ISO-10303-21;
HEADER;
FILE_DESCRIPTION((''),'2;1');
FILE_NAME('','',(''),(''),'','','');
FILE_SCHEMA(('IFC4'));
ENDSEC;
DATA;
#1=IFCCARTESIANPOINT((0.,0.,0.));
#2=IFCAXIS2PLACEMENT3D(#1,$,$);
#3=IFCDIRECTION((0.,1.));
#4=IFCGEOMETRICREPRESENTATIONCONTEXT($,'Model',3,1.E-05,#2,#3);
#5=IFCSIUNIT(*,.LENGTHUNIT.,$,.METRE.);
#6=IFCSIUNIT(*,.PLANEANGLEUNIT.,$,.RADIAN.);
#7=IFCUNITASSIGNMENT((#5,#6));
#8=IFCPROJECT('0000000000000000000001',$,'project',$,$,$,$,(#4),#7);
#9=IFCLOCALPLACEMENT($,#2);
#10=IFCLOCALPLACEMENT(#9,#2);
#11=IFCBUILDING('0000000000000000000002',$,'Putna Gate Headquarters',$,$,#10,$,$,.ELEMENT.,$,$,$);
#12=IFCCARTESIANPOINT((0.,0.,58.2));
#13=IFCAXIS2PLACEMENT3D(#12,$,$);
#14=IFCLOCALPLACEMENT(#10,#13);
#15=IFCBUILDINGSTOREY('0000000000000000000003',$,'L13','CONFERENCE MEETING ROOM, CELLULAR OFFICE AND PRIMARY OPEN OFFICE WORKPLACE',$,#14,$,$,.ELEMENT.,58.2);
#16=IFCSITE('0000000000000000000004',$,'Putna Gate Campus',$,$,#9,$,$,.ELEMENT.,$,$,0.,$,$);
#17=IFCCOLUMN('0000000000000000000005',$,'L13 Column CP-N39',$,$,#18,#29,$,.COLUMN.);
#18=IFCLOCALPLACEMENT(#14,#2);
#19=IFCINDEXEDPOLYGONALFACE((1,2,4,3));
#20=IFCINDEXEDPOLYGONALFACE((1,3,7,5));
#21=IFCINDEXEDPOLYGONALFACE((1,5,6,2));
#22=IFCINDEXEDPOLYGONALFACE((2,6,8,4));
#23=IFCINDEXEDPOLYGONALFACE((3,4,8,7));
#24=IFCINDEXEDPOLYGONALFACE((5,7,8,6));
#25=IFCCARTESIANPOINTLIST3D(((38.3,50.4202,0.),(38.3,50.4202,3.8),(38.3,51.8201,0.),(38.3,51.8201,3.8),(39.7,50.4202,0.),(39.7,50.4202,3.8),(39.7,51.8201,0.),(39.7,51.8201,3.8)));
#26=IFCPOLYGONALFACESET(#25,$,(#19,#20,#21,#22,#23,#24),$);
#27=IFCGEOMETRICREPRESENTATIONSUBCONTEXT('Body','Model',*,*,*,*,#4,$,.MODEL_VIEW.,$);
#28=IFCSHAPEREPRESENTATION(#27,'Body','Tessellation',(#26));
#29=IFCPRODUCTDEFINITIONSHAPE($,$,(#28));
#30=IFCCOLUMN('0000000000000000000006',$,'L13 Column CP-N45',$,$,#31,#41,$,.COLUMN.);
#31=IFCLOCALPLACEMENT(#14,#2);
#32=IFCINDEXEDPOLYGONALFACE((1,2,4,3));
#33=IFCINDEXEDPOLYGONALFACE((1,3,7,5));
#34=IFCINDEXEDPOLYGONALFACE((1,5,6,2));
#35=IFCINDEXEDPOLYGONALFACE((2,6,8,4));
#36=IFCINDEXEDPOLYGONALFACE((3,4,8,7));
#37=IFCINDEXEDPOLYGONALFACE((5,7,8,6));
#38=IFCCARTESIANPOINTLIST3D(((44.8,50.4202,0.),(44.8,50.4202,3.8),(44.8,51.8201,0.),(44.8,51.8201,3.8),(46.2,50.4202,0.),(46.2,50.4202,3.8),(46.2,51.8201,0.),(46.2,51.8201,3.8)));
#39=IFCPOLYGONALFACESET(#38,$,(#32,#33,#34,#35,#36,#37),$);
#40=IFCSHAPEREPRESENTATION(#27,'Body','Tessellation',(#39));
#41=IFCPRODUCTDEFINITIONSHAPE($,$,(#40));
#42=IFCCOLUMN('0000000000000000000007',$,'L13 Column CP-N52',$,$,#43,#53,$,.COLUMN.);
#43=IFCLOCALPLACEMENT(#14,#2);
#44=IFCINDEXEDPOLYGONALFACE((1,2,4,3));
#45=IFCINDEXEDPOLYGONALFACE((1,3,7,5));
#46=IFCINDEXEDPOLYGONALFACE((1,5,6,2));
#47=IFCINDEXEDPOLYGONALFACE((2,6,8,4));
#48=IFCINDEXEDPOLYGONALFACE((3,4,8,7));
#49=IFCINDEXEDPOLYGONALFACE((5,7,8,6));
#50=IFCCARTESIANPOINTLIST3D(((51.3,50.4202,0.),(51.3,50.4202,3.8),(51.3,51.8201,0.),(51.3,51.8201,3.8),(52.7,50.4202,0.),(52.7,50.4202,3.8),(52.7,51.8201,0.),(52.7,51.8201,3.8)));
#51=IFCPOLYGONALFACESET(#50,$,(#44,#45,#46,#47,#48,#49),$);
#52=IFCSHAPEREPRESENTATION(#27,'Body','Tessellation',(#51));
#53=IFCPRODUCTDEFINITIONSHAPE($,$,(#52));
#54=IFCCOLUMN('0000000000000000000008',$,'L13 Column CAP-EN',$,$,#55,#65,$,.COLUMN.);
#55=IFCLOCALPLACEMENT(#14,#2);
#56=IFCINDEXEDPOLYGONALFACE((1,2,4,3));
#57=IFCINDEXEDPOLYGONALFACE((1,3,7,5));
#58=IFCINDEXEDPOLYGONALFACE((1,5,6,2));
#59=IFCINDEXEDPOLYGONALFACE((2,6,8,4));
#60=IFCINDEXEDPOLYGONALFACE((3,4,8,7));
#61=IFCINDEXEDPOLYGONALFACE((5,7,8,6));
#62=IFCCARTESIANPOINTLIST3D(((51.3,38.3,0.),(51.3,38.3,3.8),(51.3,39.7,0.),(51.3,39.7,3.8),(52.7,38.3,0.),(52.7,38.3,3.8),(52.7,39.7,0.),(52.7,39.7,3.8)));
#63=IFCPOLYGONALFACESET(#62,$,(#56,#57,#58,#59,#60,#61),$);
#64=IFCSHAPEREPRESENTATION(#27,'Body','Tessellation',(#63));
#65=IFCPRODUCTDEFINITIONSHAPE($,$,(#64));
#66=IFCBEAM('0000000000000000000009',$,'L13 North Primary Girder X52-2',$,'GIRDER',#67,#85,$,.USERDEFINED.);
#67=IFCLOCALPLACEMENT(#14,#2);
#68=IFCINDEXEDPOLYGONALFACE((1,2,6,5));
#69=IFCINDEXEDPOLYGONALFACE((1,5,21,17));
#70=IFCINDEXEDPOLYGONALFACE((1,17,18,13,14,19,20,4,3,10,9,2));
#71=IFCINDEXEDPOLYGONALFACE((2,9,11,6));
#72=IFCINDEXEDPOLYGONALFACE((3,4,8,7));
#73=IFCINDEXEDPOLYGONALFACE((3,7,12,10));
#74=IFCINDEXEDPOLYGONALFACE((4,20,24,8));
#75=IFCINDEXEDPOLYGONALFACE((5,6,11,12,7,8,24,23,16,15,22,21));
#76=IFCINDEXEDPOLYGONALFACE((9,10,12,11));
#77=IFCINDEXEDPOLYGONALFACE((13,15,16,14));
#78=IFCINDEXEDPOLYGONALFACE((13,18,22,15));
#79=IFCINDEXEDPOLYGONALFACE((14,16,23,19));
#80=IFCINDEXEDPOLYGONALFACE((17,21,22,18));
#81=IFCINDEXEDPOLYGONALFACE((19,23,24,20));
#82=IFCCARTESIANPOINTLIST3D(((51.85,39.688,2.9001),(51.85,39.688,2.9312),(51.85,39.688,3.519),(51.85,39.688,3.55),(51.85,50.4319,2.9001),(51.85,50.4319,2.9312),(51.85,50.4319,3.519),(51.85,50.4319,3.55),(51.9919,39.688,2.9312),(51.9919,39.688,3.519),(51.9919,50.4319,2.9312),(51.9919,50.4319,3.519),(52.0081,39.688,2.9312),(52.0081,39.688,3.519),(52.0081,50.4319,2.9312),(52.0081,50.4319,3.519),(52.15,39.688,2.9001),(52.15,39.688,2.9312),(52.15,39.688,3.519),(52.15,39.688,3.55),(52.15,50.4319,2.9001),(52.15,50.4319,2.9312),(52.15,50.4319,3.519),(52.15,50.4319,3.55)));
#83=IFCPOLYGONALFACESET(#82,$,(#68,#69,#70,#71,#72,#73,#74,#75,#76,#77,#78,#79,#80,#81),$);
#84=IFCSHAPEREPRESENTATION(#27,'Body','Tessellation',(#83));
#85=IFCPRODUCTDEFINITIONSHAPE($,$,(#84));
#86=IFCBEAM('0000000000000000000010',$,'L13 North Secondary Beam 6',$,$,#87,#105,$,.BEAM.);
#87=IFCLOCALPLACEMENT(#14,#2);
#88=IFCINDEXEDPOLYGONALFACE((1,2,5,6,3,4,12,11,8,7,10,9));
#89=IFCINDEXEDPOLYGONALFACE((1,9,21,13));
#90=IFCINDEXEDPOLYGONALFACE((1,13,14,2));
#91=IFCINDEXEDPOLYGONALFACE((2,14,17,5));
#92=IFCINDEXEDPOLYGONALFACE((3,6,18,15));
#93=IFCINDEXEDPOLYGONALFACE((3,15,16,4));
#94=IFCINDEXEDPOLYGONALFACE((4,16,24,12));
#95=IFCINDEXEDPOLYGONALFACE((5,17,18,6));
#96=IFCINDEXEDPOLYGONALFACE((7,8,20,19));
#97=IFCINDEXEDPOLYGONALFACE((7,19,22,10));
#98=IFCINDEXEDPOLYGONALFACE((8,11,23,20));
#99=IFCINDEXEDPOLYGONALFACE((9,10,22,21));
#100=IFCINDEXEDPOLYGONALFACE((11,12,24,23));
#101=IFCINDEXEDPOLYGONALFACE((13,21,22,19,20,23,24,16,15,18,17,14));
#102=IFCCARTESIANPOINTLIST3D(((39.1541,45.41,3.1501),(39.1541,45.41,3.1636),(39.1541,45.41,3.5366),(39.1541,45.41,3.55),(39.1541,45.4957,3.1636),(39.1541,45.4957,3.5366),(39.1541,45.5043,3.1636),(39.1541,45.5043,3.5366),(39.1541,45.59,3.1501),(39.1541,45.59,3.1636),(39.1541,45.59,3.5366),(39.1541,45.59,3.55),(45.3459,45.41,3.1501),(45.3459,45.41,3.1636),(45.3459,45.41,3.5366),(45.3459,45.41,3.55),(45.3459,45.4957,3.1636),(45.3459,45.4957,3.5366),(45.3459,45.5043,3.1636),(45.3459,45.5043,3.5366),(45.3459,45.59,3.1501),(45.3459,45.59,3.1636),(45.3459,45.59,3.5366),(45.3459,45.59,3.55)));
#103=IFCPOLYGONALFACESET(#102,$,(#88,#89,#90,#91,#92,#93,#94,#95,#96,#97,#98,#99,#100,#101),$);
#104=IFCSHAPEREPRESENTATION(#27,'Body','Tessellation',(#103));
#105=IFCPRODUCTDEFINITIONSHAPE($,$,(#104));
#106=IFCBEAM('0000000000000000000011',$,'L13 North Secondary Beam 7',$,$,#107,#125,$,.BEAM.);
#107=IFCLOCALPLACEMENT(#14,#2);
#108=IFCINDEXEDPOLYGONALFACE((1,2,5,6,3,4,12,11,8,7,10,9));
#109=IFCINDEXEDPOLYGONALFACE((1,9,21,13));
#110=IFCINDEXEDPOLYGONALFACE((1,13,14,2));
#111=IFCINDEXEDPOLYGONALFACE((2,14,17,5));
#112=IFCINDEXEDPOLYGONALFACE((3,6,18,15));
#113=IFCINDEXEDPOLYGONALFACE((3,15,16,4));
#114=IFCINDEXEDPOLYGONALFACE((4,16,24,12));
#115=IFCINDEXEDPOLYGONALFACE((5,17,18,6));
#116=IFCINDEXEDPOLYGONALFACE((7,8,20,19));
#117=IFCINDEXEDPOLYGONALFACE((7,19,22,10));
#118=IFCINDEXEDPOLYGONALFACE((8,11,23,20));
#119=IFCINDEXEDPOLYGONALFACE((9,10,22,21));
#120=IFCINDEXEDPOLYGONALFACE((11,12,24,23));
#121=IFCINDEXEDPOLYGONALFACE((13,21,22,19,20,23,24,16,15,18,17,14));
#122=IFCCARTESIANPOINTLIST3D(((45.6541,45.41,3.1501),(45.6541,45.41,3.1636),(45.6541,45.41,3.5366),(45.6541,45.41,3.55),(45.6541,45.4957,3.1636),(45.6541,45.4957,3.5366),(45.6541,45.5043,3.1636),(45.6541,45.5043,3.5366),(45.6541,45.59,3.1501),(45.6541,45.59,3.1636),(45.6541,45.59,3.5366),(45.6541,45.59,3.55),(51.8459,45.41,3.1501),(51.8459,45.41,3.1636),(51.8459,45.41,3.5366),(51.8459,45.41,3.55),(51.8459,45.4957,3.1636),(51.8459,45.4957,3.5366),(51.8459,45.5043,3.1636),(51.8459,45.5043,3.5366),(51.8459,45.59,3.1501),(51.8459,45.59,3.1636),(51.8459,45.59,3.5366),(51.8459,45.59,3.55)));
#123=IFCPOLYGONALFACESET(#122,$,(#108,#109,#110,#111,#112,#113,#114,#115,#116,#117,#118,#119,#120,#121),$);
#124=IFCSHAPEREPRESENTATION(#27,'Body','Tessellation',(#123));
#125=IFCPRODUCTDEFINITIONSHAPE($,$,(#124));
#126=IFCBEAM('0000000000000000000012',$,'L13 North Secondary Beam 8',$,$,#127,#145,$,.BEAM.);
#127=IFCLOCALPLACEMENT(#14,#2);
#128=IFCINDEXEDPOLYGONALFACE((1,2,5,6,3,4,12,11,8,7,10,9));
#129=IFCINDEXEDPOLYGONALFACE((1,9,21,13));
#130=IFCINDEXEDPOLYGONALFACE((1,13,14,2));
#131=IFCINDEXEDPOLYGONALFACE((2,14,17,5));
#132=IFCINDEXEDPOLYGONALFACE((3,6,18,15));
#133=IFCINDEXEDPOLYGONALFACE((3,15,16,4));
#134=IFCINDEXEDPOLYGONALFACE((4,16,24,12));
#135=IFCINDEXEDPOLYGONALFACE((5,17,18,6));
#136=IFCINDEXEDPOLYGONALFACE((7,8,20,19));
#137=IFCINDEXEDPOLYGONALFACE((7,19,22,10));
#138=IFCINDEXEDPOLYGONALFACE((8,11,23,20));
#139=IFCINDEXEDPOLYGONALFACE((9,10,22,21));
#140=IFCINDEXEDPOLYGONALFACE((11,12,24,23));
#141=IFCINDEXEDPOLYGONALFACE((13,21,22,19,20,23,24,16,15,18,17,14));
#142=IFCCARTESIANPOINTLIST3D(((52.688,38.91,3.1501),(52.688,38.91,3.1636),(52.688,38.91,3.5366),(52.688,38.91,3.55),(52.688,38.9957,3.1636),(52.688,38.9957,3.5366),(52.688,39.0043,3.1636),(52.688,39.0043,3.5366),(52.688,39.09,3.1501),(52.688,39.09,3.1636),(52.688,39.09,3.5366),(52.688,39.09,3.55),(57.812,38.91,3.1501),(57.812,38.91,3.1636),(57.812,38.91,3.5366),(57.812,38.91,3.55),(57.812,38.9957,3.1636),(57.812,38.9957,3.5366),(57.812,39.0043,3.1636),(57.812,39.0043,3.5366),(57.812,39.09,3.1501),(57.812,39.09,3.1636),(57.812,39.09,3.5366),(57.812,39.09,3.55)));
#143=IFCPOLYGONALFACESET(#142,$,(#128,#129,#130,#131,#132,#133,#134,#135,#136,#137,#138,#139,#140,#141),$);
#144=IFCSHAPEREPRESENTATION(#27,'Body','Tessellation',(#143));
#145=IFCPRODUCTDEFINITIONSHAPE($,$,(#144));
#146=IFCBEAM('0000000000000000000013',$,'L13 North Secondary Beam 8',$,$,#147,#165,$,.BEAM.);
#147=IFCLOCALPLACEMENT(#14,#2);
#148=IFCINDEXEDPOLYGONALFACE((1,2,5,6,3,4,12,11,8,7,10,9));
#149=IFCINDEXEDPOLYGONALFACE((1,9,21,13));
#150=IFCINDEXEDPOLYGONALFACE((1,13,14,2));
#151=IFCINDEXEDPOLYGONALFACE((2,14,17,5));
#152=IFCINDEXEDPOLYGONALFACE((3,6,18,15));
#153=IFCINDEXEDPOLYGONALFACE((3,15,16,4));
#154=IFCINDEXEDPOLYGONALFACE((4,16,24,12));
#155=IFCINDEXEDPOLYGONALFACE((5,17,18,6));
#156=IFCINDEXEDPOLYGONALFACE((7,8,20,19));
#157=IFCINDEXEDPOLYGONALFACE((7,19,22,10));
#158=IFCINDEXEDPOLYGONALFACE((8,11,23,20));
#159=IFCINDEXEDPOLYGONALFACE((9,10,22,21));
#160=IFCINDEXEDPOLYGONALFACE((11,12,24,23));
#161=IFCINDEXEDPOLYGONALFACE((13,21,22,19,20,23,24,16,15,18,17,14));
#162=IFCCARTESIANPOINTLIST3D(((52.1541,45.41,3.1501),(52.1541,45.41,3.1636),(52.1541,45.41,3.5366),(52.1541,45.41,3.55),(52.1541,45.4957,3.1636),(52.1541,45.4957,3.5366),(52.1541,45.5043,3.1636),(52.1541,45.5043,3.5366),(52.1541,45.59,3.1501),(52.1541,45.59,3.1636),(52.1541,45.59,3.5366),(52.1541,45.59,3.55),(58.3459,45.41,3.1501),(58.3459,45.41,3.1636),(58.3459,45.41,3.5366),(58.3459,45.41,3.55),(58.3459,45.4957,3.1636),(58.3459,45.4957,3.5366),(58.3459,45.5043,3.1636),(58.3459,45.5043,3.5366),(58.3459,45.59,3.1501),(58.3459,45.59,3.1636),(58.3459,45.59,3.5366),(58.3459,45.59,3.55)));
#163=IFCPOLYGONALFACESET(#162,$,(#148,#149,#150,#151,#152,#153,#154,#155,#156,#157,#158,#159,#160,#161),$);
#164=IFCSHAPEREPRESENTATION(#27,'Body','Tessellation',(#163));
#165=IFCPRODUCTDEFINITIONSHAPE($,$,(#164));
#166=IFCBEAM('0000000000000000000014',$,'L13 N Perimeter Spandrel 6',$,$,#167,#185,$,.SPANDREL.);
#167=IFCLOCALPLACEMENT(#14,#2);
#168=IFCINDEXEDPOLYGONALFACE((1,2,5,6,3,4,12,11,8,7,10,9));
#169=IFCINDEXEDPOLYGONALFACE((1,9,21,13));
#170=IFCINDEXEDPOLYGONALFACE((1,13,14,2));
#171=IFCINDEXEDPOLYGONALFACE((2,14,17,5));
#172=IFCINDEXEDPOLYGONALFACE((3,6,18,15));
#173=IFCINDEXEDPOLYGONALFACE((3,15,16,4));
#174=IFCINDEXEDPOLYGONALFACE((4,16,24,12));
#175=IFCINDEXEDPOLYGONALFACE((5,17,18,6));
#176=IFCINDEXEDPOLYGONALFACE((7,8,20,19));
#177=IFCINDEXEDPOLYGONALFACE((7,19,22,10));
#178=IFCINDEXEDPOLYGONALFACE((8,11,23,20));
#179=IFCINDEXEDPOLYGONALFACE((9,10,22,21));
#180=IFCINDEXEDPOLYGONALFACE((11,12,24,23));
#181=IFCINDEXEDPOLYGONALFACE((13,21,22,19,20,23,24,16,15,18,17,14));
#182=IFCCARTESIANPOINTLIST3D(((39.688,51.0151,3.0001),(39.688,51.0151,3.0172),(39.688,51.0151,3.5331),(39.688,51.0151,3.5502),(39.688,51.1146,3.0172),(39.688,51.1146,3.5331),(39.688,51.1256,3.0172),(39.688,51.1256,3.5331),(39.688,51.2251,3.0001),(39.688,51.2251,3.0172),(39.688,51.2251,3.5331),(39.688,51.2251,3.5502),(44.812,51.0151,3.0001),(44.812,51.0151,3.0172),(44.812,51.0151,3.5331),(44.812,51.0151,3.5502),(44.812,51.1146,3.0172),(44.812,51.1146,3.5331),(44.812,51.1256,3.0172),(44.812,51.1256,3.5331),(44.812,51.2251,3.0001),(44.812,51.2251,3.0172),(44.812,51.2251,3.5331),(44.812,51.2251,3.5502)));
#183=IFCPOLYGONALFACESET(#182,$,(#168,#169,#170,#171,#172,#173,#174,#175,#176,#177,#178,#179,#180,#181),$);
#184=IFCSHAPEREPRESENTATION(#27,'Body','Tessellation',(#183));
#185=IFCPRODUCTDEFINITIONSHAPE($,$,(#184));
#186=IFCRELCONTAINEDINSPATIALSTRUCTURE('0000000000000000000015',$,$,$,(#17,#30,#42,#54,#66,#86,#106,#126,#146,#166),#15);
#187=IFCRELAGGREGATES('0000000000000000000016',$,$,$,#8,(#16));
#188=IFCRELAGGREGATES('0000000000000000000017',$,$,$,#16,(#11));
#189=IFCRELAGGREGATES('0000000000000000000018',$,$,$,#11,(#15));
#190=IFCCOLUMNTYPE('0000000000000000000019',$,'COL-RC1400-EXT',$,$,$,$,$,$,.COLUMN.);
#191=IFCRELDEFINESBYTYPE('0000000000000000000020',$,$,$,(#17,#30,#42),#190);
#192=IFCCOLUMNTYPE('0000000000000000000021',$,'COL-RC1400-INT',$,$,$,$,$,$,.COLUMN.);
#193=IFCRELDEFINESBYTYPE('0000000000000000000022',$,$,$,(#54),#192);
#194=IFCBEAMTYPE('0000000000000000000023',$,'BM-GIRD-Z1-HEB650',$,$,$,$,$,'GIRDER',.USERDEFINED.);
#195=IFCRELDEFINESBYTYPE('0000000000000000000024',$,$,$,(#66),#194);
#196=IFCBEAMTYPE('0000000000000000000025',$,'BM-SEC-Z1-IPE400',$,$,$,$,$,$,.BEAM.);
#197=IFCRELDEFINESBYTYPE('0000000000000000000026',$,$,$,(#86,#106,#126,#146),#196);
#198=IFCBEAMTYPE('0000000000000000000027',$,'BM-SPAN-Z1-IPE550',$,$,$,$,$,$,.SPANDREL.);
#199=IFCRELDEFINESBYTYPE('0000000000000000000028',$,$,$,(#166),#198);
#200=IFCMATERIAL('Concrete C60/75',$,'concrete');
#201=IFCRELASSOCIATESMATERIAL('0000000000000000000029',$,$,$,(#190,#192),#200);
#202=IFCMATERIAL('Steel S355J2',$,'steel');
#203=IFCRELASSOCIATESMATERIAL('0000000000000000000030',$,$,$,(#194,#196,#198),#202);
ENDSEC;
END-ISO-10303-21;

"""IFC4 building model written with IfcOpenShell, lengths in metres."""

from ifc_helpers import new_model, si_unit, direction, frame, origin, origin_2d, place, context, subcontext, project, spatial, rectangle, i_section, extrude, material, material_profile, profile_set, type_object, element, save


model = new_model("IFC4")

# Units and contexts
model_context = context("Model", 3, precision=1e-05, world=origin(), true_north=direction((0.0, 1.0)))
body_context = subcontext(model_context, "Body", "Model", "MODEL_VIEW")
ifc_project = project(units=[si_unit("LENGTHUNIT", "METRE"), si_unit("PLANEANGLEUNIT", "RADIAN")], contexts=[model_context])

# Site, building, storey
site_placement = place(None, origin())
site = spatial("IfcSite", under=ifc_project, at=site_placement, Name="Putna Gate Campus", CompositionType="ELEMENT", RefElevation=0.0)
building_placement = place(site_placement, origin())
building = spatial("IfcBuilding", under=site, at=building_placement, Name="Putna Gate Headquarters", CompositionType="ELEMENT")
storey_placement = place(building_placement, frame((0.0, 0.0, 58.2)))
storey = spatial("IfcBuildingStorey", under=building, at=storey_placement, Name="L13", Description="CONFERENCE MEETING ROOM, CELLULAR OFFICE AND PRIMARY OPEN OFFICE WORKPLACE", CompositionType="ELEMENT", Elevation=58.2)

# Columns
ifc_material_1 = material(Name="Concrete C60/75", Category="concrete")
ifc_material_profile_1 = material_profile(ifc_material_1, rectangle(XDim=1.3999, YDim=1.3999, at=origin_2d()), Name="Concrete C60/75")
ifc_profile_set_1 = profile_set([ifc_material_profile_1], Name="Concrete C60/75")
column_type_1 = type_object("IfcColumnType", Name="COL-RC1400-EXT", PredefinedType="COLUMN", material=ifc_profile_set_1)
for number, where, z_axis, x_axis, name in (
    (1, (39.0, 51.1201, 0.0), (0.0, 0.0, 1.0), (1.0, 0.0, 0.0), "L13 Column CP-N39"),
    (2, (45.5, 51.1201, 0.0), (0.0, 0.0, 1.0), (1.0, 0.0, 0.0), "L13 Column CP-N45"),
    (3, (52.0, 51.1201, 0.0), (0.0, 0.0, 1.0), (1.0, 0.0, 0.0), "L13 Column CP-N52"),
):
    element("IfcColumn", number, at=place(storey_placement, frame(where, z_axis=z_axis, x_axis=x_axis)), inside=storey, type_object=column_type_1, Name=name, PredefinedType="COLUMN", context=body_context, shape_type="SweptSolid", body=[
        extrude(rectangle(XDim=1.3999, YDim=1.3999, at=origin_2d()), origin(), (0.0, 0.0, 1.0), 3.8),
    ])
ifc_material_profile_2 = material_profile(ifc_material_1, rectangle(XDim=1.3999, YDim=1.3999, at=origin_2d()), Name="Concrete C60/75")
ifc_profile_set_2 = profile_set([ifc_material_profile_2], Name="Concrete C60/75")
column_type_2 = type_object("IfcColumnType", Name="COL-RC1400-INT", PredefinedType="COLUMN", material=ifc_profile_set_2)
column_placement = place(storey_placement, frame((52.0, 39.0, 0.0), z_axis=(0.0, 0.0, 1.0), x_axis=(1.0, 0.0, 0.0)))
element("IfcColumn", 4, at=column_placement, inside=storey, type_object=column_type_2, Name="L13 Column CAP-EN", PredefinedType="COLUMN", context=body_context, shape_type="SweptSolid", body=[
    extrude(rectangle(XDim=1.3999, YDim=1.3999, at=origin_2d()), origin(), (0.0, 0.0, 1.0), 3.8),
])

# Beams
ifc_material_2 = material(Name="Steel S355J2", Category="steel")
ifc_material_profile_3 = material_profile(ifc_material_2, i_section(OverallWidth=0.3, OverallDepth=0.6499, WebThickness=0.0161, FlangeThickness=0.031, at=origin_2d()), Name="Steel S355J2")
ifc_profile_set_3 = profile_set([ifc_material_profile_3], Name="Steel S355J2")
beam_type_1 = type_object("IfcBeamType", Name="BM-GIRD-Z1-HEB650", ElementType="GIRDER", PredefinedType="USERDEFINED", material=ifc_profile_set_3)
beam_1_placement = place(storey_placement, frame((52.0, 39.688, 3.2251), z_axis=(0.0, 1.0, 0.0), x_axis=(-1.0, 0.0, 0.0)))
element("IfcBeam", 5, at=beam_1_placement, inside=storey, type_object=beam_type_1, Name="L13 North Primary Girder X52-2", ObjectType="GIRDER", PredefinedType="USERDEFINED", context=body_context, shape_type="SweptSolid", body=[
    extrude(i_section(OverallWidth=0.3, OverallDepth=0.6499, WebThickness=0.0161, FlangeThickness=0.031, at=origin_2d()), origin(), (0.0, 0.0, 1.0), 10.7439),
])
ifc_material_profile_4 = material_profile(ifc_material_2, i_section(OverallWidth=0.1799, OverallDepth=0.3999, WebThickness=0.0085, FlangeThickness=0.0134, at=origin_2d()), Name="Steel S355J2")
ifc_profile_set_4 = profile_set([ifc_material_profile_4], Name="Steel S355J2")
beam_type_2 = type_object("IfcBeamType", Name="BM-SEC-Z1-IPE400", PredefinedType="BEAM", material=ifc_profile_set_4)
for number, where, z_axis, x_axis, name in (
    (6, (39.1541, 45.5, 3.3501), (1.0, 0.0, 0.0), (0.0, 1.0, 0.0), "L13 North Secondary Beam 6"),
    (7, (45.6541, 45.5, 3.3501), (1.0, 0.0, 0.0), (0.0, 1.0, 0.0), "L13 North Secondary Beam 7"),
):
    element("IfcBeam", number, at=place(storey_placement, frame(where, z_axis=z_axis, x_axis=x_axis)), inside=storey, type_object=beam_type_2, Name=name, PredefinedType="BEAM", context=body_context, shape_type="SweptSolid", body=[
        extrude(i_section(OverallWidth=0.1799, OverallDepth=0.3999, WebThickness=0.0085, FlangeThickness=0.0134, at=origin_2d()), origin(), (0.0, 0.0, 1.0), 6.1919),
    ])
beam_2_placement = place(storey_placement, frame((52.688, 39.0, 3.3501), z_axis=(1.0, 0.0, 0.0), x_axis=(0.0, 1.0, 0.0)))
element("IfcBeam", 8, at=beam_2_placement, inside=storey, type_object=beam_type_2, Name="L13 North Secondary Beam 8", PredefinedType="BEAM", context=body_context, shape_type="SweptSolid", body=[
    extrude(i_section(OverallWidth=0.1799, OverallDepth=0.3999, WebThickness=0.0085, FlangeThickness=0.0134, at=origin_2d()), origin(), (0.0, 0.0, 1.0), 5.124),
])
beam_3_placement = place(storey_placement, frame((52.1541, 45.5, 3.3501), z_axis=(1.0, 0.0, 0.0), x_axis=(0.0, 1.0, 0.0)))
element("IfcBeam", 9, at=beam_3_placement, inside=storey, type_object=beam_type_2, Name="L13 North Secondary Beam 8", PredefinedType="BEAM", context=body_context, shape_type="SweptSolid", body=[
    extrude(i_section(OverallWidth=0.1799, OverallDepth=0.3999, WebThickness=0.0085, FlangeThickness=0.0134, at=origin_2d()), origin(), (0.0, 0.0, 1.0), 6.1919),
])
ifc_material_profile_5 = material_profile(ifc_material_2, i_section(OverallWidth=0.21, OverallDepth=0.55, WebThickness=0.011, FlangeThickness=0.0171, at=origin_2d()), Name="Steel S355J2")
ifc_profile_set_5 = profile_set([ifc_material_profile_5], Name="Steel S355J2")
beam_type_3 = type_object("IfcBeamType", Name="BM-SPAN-Z1-IPE550", PredefinedType="SPANDREL", material=ifc_profile_set_5)
for number, where, z_axis, x_axis, name in (
    (10, (39.688, 51.1201, 3.2751), (1.0, 0.0, 0.0), (0.0, 1.0, 0.0), "L13 N Perimeter Spandrel 6"),
):
    element("IfcBeam", number, at=place(storey_placement, frame(where, z_axis=z_axis, x_axis=x_axis)), inside=storey, type_object=beam_type_3, Name=name, PredefinedType="SPANDREL", context=body_context, shape_type="SweptSolid", body=[
        extrude(i_section(OverallWidth=0.21, OverallDepth=0.55, WebThickness=0.011, FlangeThickness=0.0171, at=origin_2d()), origin(), (0.0, 0.0, 1.0), 5.124),
    ])

save(model, "model.ifc")
